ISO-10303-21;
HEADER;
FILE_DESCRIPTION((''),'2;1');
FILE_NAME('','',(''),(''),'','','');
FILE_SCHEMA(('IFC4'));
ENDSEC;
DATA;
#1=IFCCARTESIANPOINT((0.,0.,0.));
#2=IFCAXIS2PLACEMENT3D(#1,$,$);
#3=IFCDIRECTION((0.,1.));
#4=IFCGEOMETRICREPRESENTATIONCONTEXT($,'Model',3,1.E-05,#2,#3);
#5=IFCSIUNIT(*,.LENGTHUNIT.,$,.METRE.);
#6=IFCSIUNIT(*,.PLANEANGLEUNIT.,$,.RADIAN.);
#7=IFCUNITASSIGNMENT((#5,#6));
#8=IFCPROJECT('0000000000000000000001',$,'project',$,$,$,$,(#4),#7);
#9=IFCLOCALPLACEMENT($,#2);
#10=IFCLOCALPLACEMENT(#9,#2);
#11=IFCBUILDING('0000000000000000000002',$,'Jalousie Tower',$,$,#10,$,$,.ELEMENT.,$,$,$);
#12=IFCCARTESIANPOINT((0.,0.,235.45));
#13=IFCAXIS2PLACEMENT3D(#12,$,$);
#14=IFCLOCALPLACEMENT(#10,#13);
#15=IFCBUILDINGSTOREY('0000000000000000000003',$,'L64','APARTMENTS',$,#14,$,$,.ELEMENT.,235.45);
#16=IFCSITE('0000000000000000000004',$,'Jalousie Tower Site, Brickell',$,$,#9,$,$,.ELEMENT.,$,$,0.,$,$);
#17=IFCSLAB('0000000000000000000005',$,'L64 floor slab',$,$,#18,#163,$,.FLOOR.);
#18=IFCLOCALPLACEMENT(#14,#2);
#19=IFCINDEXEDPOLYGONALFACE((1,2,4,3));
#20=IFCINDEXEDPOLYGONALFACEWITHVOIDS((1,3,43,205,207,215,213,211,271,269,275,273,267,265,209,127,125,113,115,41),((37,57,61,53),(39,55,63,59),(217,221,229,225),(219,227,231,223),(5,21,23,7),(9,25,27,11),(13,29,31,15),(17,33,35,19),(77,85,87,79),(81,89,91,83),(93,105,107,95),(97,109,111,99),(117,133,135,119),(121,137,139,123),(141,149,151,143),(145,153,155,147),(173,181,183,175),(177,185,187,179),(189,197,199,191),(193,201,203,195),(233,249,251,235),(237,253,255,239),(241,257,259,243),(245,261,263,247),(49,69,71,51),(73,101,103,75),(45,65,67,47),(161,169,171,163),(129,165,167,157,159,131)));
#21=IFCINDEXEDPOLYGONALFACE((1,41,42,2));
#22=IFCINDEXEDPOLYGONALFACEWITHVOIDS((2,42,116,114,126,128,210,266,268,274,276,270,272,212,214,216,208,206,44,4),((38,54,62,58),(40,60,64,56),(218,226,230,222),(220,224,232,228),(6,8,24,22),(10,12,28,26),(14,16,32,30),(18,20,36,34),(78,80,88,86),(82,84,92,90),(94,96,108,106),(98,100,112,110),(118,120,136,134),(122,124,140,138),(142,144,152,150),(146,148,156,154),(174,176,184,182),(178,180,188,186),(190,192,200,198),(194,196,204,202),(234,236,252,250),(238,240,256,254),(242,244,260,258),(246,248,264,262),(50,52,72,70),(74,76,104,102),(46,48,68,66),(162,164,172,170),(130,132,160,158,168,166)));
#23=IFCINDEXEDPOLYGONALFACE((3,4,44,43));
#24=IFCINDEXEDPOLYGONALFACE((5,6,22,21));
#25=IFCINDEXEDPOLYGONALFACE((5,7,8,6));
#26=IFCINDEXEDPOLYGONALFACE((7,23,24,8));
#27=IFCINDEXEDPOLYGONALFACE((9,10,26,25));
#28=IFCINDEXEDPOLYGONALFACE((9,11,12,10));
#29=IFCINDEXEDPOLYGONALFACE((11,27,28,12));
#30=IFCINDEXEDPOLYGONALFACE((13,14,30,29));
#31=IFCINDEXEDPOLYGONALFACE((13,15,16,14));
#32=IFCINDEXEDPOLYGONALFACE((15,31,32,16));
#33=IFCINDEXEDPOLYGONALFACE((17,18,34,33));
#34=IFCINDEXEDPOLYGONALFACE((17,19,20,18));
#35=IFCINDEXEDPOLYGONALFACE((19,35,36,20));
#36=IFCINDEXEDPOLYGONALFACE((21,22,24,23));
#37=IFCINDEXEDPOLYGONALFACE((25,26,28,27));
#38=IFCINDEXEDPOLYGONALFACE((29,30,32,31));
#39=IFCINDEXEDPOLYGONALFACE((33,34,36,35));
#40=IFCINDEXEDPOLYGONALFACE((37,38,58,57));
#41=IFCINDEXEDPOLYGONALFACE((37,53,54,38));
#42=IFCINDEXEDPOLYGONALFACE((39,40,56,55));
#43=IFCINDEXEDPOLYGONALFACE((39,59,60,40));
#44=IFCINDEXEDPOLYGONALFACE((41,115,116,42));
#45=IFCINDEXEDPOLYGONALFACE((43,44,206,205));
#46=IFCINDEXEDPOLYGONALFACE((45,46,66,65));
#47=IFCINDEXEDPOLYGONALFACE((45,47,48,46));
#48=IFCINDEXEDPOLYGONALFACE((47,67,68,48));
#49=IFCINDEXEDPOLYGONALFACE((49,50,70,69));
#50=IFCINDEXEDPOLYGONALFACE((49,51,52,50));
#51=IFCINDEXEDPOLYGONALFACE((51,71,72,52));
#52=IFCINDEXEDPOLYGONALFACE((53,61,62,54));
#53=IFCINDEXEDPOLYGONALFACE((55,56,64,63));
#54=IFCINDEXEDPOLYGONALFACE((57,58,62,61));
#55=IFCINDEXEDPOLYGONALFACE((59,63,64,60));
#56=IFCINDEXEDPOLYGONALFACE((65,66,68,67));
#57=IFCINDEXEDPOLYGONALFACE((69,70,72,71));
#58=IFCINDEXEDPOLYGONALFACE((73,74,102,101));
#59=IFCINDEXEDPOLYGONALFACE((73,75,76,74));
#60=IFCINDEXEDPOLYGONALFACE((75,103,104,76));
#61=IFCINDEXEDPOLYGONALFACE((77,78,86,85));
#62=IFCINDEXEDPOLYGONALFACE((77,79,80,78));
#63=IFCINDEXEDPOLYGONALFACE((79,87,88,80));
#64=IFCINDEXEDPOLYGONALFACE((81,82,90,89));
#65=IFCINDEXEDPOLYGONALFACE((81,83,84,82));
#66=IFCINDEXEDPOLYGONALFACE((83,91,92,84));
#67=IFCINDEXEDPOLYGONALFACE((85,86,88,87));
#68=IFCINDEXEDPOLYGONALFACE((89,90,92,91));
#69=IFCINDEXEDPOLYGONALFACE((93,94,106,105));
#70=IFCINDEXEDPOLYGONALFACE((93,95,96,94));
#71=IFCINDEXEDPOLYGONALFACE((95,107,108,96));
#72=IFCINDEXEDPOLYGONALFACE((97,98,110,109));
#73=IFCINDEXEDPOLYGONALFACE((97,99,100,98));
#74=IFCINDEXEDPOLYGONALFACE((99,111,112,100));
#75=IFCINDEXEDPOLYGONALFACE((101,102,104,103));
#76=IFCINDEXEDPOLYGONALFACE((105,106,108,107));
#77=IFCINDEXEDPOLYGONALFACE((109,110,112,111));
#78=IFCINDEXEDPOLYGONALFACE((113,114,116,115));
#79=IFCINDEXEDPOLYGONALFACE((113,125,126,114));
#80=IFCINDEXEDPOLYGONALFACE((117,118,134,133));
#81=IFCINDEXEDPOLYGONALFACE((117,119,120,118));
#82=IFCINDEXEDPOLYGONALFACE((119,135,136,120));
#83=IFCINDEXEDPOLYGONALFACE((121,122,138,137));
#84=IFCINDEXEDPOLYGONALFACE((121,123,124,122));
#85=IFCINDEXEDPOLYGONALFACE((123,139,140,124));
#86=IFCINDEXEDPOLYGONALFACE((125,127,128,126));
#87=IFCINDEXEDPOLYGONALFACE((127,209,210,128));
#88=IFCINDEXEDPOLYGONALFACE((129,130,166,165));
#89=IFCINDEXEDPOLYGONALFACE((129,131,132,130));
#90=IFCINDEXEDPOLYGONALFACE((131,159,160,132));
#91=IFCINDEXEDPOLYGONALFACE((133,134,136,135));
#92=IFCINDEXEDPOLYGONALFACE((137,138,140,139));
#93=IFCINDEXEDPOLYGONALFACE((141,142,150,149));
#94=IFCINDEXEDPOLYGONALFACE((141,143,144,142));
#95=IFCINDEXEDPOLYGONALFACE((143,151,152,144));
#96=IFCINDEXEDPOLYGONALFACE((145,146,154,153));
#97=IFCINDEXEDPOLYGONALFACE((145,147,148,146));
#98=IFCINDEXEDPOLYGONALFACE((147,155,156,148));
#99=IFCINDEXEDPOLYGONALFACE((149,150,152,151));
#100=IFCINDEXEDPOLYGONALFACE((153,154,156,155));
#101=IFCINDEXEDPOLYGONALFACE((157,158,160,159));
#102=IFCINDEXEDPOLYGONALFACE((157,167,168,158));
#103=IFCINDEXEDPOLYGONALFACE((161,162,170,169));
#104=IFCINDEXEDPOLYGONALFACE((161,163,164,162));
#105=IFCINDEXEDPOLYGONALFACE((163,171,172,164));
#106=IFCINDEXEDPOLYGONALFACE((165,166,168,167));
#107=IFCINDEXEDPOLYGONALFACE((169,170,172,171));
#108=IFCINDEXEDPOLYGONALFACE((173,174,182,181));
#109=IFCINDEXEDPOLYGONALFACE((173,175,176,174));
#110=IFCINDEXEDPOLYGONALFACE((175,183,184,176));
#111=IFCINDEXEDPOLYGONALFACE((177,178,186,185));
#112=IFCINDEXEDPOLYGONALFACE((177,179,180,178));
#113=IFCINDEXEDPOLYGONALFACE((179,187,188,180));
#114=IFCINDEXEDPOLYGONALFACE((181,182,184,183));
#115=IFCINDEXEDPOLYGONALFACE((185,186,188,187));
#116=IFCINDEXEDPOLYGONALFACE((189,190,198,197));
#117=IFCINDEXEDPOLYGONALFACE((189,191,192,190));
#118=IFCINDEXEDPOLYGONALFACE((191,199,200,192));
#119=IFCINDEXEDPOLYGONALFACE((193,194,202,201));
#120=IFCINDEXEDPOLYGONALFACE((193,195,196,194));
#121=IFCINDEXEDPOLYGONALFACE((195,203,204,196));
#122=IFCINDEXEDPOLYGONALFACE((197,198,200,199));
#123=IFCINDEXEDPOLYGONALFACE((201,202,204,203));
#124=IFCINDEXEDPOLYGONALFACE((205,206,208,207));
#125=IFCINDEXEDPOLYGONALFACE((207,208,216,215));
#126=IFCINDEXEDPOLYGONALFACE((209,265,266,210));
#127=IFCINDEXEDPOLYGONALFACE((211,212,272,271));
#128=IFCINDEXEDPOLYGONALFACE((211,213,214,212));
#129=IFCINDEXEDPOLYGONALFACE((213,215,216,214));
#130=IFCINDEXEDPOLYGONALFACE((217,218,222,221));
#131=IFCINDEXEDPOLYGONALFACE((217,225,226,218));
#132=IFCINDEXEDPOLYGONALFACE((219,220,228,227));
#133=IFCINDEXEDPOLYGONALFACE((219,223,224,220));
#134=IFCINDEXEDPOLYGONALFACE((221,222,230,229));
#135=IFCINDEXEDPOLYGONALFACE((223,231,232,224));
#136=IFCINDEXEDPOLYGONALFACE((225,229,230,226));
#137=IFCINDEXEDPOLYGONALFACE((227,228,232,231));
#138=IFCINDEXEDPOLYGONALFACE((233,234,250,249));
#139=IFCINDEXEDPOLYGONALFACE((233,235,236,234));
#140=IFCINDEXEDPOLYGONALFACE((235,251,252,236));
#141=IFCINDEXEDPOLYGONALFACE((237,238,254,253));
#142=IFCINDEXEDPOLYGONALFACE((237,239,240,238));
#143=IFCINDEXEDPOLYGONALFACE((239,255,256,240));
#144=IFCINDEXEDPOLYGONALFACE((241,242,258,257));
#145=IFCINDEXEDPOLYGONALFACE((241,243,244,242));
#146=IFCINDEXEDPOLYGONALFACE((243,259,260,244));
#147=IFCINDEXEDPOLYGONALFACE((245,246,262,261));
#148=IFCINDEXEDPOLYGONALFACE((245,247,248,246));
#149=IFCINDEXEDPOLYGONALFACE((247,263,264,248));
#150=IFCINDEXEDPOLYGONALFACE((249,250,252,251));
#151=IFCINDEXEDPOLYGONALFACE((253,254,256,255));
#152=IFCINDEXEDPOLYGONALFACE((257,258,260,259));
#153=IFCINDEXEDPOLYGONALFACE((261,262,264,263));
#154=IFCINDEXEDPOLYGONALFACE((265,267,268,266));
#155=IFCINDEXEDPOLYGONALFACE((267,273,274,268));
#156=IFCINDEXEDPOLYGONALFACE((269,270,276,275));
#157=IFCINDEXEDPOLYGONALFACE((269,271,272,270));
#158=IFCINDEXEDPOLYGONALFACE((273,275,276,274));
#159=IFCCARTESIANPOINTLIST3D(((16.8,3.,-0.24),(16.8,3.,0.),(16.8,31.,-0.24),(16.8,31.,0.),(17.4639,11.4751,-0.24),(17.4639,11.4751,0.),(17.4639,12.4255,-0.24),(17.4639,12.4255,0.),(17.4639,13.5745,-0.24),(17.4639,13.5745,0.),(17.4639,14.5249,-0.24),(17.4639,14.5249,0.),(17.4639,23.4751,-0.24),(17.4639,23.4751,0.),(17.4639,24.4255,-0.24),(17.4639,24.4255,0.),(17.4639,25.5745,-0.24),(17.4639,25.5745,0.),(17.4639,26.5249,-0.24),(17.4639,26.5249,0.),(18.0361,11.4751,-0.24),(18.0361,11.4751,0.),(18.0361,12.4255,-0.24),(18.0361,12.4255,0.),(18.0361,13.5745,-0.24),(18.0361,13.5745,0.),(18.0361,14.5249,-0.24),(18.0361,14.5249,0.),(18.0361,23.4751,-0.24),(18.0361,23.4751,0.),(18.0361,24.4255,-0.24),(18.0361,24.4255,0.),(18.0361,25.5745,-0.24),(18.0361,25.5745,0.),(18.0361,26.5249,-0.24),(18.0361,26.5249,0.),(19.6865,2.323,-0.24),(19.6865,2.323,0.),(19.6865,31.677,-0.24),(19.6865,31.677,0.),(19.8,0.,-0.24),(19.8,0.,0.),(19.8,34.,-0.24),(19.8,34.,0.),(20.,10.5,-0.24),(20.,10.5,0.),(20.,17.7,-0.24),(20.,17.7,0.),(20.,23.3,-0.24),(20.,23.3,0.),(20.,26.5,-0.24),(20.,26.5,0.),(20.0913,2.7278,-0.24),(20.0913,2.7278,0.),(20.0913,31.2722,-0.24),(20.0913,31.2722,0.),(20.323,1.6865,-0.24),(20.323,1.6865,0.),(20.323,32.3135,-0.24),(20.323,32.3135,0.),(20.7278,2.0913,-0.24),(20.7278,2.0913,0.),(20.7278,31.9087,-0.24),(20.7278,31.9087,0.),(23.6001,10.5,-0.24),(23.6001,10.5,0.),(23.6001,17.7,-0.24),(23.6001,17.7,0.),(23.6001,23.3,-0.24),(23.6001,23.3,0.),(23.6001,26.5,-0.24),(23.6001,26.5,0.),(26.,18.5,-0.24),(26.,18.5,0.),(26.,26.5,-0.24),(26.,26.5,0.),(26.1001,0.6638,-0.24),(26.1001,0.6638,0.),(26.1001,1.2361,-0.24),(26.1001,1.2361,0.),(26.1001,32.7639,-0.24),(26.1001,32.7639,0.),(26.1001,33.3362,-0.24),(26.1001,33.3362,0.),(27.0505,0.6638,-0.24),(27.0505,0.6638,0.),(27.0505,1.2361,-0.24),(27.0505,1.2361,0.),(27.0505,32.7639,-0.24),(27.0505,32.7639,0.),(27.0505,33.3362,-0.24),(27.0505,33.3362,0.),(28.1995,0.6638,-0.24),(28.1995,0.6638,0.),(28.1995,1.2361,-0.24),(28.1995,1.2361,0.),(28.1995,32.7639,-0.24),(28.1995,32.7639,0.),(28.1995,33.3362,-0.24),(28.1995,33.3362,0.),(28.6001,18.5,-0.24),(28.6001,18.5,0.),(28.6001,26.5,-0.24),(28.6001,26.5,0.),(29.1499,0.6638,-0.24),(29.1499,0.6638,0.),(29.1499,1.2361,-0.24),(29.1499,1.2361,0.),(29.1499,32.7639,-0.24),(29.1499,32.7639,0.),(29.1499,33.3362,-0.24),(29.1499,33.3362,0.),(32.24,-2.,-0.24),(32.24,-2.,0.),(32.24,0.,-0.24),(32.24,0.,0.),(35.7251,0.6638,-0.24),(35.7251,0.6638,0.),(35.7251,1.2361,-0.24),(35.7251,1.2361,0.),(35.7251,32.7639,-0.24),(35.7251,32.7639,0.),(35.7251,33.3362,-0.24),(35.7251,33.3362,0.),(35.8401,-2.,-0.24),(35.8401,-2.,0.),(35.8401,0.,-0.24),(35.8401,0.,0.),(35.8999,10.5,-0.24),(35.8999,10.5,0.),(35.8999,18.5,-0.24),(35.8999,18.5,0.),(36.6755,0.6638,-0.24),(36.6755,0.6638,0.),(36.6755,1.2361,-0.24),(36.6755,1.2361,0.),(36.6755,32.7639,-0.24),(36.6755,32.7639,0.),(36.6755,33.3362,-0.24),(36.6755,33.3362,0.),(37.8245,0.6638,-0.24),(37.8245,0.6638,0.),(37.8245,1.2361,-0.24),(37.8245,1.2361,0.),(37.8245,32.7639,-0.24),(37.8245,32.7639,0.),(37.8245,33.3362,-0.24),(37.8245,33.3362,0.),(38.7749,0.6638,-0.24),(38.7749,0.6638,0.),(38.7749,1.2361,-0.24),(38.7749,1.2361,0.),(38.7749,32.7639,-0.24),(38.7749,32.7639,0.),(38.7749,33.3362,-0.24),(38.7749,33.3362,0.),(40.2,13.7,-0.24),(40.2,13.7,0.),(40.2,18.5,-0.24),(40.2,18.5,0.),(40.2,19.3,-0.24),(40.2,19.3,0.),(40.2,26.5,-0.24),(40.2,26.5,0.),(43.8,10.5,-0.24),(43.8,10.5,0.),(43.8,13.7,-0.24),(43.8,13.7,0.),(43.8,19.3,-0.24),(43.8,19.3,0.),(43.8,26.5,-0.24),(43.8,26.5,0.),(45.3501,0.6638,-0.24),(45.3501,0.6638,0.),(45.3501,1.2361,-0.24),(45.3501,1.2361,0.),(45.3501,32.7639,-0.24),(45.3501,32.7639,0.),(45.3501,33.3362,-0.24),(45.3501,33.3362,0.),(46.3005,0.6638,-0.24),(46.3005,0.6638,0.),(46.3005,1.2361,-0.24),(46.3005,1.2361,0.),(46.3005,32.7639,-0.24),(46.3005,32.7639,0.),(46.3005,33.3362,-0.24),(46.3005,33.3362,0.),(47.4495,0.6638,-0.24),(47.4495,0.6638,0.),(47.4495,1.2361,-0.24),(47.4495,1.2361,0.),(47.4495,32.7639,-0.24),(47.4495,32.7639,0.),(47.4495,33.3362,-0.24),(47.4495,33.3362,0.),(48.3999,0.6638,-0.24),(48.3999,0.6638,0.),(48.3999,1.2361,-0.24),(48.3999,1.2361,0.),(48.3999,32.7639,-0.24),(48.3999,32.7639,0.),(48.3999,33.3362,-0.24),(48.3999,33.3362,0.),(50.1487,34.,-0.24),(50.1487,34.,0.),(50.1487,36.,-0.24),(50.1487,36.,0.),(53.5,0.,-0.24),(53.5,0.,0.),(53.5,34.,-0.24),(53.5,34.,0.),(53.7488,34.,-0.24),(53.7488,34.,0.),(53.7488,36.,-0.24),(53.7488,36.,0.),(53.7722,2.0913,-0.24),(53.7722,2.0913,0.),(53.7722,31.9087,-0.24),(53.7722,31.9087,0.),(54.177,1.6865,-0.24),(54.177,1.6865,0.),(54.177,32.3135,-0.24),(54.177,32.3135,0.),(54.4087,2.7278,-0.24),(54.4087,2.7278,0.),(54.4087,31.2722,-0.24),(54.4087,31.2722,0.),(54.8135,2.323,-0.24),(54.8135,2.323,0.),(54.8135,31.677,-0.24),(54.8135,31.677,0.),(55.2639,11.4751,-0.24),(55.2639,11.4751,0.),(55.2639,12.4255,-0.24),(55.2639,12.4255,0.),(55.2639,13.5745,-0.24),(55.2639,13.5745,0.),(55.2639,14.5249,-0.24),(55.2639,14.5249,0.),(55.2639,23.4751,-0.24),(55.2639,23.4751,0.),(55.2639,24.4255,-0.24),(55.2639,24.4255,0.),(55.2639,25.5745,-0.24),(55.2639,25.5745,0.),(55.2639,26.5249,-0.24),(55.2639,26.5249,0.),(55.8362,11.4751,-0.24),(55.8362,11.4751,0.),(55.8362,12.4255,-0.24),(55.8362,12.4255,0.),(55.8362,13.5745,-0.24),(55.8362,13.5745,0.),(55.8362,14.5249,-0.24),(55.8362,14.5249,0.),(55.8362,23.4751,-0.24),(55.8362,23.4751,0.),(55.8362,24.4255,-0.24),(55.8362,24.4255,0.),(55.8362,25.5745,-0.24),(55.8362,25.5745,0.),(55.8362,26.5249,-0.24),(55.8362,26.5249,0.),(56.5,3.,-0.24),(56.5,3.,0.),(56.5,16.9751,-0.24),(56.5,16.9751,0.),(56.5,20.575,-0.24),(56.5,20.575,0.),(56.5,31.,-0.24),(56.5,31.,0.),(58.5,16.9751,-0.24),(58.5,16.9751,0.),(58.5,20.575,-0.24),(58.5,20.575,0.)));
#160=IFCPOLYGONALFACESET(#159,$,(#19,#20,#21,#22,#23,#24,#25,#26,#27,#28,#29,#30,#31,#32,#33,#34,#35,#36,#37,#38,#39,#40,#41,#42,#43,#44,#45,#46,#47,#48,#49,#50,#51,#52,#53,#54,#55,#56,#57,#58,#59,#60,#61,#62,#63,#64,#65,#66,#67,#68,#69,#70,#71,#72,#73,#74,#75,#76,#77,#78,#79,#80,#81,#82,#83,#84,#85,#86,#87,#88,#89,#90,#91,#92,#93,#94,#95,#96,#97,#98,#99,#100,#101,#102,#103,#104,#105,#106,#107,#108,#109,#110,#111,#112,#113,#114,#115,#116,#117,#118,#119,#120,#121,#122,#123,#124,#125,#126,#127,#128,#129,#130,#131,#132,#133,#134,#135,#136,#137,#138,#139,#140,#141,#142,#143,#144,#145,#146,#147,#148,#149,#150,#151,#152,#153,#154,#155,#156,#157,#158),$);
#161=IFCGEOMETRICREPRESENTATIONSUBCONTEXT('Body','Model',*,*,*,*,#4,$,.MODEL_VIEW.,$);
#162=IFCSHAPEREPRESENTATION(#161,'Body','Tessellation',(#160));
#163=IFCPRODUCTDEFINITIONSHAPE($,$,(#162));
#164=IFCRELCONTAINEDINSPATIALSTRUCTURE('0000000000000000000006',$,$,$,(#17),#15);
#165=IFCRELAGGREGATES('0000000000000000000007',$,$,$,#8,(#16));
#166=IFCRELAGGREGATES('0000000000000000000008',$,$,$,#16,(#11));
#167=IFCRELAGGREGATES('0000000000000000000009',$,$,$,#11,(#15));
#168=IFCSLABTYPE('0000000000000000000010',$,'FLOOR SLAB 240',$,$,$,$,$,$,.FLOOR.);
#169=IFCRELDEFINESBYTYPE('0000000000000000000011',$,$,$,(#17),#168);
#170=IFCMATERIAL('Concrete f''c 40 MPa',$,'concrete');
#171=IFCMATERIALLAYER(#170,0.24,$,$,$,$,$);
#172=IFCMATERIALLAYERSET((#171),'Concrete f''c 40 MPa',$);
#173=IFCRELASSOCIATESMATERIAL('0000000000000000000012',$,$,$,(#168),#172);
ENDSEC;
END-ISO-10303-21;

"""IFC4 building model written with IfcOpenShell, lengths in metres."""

from ifc_helpers import new_model, si_unit, direction, frame, origin, place, context, subcontext, project, spatial, polyline, outline, extrude, material, layer, layer_set, type_object, element, save


model = new_model("IFC4")

# Units and contexts
model_context = context("Model", 3, precision=1e-05, world=origin(), true_north=direction((0.0, 1.0)))
body_context = subcontext(model_context, "Body", "Model", "MODEL_VIEW")
ifc_project = project(units=[si_unit("LENGTHUNIT", "METRE"), si_unit("PLANEANGLEUNIT", "RADIAN")], contexts=[model_context])

# Site, building, storey
site_placement = place(None, origin())
site = spatial("IfcSite", under=ifc_project, at=site_placement, Name="Jalousie Tower Site, Brickell", CompositionType="ELEMENT", RefElevation=0.0)
building_placement = place(site_placement, origin())
building = spatial("IfcBuilding", under=site, at=building_placement, Name="Jalousie Tower", CompositionType="ELEMENT")
storey_placement = place(building_placement, frame((0.0, 0.0, 235.45)))
storey = spatial("IfcBuildingStorey", under=building, at=storey_placement, Name="L64", Description="APARTMENTS", CompositionType="ELEMENT", Elevation=235.45)

# Slab
ifc_material_1 = material(Name="Concrete f'c 40 MPa", Category="concrete")
ifc_layer_1 = layer(ifc_material_1, 0.24)
ifc_layer_set_1 = layer_set([ifc_layer_1], Name="Concrete f'c 40 MPa")
slab_type_1 = type_object("IfcSlabType", Name="FLOOR SLAB 240", PredefinedType="FLOOR", material=ifc_layer_set_1)
slab_1_placement = place(storey_placement, frame((0.0, 0.0, -0.24)))
element("IfcSlab", 1, at=slab_1_placement, inside=storey, type_object=slab_type_1, Name="L64 floor slab", PredefinedType="FLOOR", context=body_context, shape_type="SweptSolid", body=[
    extrude(outline(polyline([(19.8, 34.0), (50.1487, 34.0), (50.1487, 36.0), (53.7488, 36.0), (53.7488, 34.0), (53.5, 34.0), (56.5, 31.0), (56.5, 20.575), (58.5, 20.575), (58.5, 16.9751), (56.5, 16.9751), (56.5, 3.0), (53.5, 0.0), (35.8401, 0.0), (35.8401, -2.0), (32.24, -2.0), (32.24, 0.0), (19.8, 0.0), (16.8, 3.0), (16.8, 31.0), (19.8, 34.0)]), holes=[polyline([(55.2639, 24.4255), (55.2639, 23.4751), (55.8362, 23.4751), (55.8362, 24.4255), (55.2639, 24.4255)]), polyline([(55.2639, 14.5249), (55.2639, 13.5745), (55.8362, 13.5745), (55.8362, 14.5249), (55.2639, 14.5249)]), polyline([(55.2639, 12.4255), (55.2639, 11.4751), (55.8362, 11.4751), (55.8362, 12.4255), (55.2639, 12.4255)]), polyline([(55.2639, 25.5745), (55.8362, 25.5745), (55.8362, 26.5249), (55.2639, 26.5249), (55.2639, 25.5745)]), polyline([(54.4087, 2.7278), (53.7722, 2.0913), (54.177, 1.6865), (54.8135, 2.323), (54.4087, 2.7278)]), polyline([(54.8135, 31.677), (54.177, 32.3135), (53.7722, 31.9087), (54.4087, 31.2722), (54.8135, 31.677)]), polyline([(48.3999, 32.7639), (48.3999, 33.3362), (47.4495, 33.3362), (47.4495, 32.7639), (48.3999, 32.7639)]), polyline([(48.3999, 0.6638), (48.3999, 1.2361), (47.4495, 1.2361), (47.4495, 0.6638), (48.3999, 0.6638)]), polyline([(45.3501, 1.2361), (45.3501, 0.6638), (46.3005, 0.6638), (46.3005, 1.2361), (45.3501, 1.2361)]), polyline([(45.3501, 32.7639), (46.3005, 32.7639), (46.3005, 33.3362), (45.3501, 33.3362), (45.3501, 32.7639)]), polyline([(40.2, 26.5), (40.2, 19.3), (43.8, 19.3), (43.8, 26.5), (40.2, 26.5)]), polyline([(40.2, 13.7), (40.2, 18.5), (35.8999, 18.5), (35.8999, 10.5), (43.8, 10.5), (43.8, 13.7), (40.2, 13.7)]), polyline([(38.7749, 33.3362), (37.8245, 33.3362), (37.8245, 32.7639), (38.7749, 32.7639), (38.7749, 33.3362)]), polyline([(38.7749, 1.2361), (37.8245, 1.2361), (37.8245, 0.6638), (38.7749, 0.6638), (38.7749, 1.2361)]), polyline([(35.7251, 32.7639), (36.6755, 32.7639), (36.6755, 33.3362), (35.7251, 33.3362), (35.7251, 32.7639)]), polyline([(35.7251, 0.6638), (36.6755, 0.6638), (36.6755, 1.2361), (35.7251, 1.2361), (35.7251, 0.6638)]), polyline([(29.1499, 1.2361), (28.1995, 1.2361), (28.1995, 0.6638), (29.1499, 0.6638), (29.1499, 1.2361)]), polyline([(28.1995, 32.7639), (29.1499, 32.7639), (29.1499, 33.3362), (28.1995, 33.3362), (28.1995, 32.7639)]), polyline([(26.0, 26.5), (26.0, 18.5), (28.6001, 18.5), (28.6001, 26.5), (26.0, 26.5)]), polyline([(27.0505, 33.3362), (26.1001, 33.3362), (26.1001, 32.7639), (27.0505, 32.7639), (27.0505, 33.3362)]), polyline([(27.0505, 1.2361), (26.1001, 1.2361), (26.1001, 0.6638), (27.0505, 0.6638), (27.0505, 1.2361)]), polyline([(20.0, 26.5), (20.0, 23.3), (23.6001, 23.3), (23.6001, 26.5), (20.0, 26.5)]), polyline([(20.0, 17.7), (20.0, 10.5), (23.6001, 10.5), (23.6001, 17.7), (20.0, 17.7)]), polyline([(20.7278, 2.0913), (20.0913, 2.7278), (19.6865, 2.323), (20.323, 1.6865), (20.7278, 2.0913)]), polyline([(20.7278, 31.9087), (20.323, 32.3135), (19.6865, 31.677), (20.0913, 31.2722), (20.7278, 31.9087)]), polyline([(17.4639, 26.5249), (17.4639, 25.5745), (18.0361, 25.5745), (18.0361, 26.5249), (17.4639, 26.5249)]), polyline([(17.4639, 12.4255), (17.4639, 11.4751), (18.0361, 11.4751), (18.0361, 12.4255), (17.4639, 12.4255)]), polyline([(18.0361, 23.4751), (18.0361, 24.4255), (17.4639, 24.4255), (17.4639, 23.4751), (18.0361, 23.4751)]), polyline([(17.4639, 13.5745), (18.0361, 13.5745), (18.0361, 14.5249), (17.4639, 14.5249), (17.4639, 13.5745)])]), origin(), (0.0, 0.0, 1.0), 0.24),
])

save(model, "model.ifc")
